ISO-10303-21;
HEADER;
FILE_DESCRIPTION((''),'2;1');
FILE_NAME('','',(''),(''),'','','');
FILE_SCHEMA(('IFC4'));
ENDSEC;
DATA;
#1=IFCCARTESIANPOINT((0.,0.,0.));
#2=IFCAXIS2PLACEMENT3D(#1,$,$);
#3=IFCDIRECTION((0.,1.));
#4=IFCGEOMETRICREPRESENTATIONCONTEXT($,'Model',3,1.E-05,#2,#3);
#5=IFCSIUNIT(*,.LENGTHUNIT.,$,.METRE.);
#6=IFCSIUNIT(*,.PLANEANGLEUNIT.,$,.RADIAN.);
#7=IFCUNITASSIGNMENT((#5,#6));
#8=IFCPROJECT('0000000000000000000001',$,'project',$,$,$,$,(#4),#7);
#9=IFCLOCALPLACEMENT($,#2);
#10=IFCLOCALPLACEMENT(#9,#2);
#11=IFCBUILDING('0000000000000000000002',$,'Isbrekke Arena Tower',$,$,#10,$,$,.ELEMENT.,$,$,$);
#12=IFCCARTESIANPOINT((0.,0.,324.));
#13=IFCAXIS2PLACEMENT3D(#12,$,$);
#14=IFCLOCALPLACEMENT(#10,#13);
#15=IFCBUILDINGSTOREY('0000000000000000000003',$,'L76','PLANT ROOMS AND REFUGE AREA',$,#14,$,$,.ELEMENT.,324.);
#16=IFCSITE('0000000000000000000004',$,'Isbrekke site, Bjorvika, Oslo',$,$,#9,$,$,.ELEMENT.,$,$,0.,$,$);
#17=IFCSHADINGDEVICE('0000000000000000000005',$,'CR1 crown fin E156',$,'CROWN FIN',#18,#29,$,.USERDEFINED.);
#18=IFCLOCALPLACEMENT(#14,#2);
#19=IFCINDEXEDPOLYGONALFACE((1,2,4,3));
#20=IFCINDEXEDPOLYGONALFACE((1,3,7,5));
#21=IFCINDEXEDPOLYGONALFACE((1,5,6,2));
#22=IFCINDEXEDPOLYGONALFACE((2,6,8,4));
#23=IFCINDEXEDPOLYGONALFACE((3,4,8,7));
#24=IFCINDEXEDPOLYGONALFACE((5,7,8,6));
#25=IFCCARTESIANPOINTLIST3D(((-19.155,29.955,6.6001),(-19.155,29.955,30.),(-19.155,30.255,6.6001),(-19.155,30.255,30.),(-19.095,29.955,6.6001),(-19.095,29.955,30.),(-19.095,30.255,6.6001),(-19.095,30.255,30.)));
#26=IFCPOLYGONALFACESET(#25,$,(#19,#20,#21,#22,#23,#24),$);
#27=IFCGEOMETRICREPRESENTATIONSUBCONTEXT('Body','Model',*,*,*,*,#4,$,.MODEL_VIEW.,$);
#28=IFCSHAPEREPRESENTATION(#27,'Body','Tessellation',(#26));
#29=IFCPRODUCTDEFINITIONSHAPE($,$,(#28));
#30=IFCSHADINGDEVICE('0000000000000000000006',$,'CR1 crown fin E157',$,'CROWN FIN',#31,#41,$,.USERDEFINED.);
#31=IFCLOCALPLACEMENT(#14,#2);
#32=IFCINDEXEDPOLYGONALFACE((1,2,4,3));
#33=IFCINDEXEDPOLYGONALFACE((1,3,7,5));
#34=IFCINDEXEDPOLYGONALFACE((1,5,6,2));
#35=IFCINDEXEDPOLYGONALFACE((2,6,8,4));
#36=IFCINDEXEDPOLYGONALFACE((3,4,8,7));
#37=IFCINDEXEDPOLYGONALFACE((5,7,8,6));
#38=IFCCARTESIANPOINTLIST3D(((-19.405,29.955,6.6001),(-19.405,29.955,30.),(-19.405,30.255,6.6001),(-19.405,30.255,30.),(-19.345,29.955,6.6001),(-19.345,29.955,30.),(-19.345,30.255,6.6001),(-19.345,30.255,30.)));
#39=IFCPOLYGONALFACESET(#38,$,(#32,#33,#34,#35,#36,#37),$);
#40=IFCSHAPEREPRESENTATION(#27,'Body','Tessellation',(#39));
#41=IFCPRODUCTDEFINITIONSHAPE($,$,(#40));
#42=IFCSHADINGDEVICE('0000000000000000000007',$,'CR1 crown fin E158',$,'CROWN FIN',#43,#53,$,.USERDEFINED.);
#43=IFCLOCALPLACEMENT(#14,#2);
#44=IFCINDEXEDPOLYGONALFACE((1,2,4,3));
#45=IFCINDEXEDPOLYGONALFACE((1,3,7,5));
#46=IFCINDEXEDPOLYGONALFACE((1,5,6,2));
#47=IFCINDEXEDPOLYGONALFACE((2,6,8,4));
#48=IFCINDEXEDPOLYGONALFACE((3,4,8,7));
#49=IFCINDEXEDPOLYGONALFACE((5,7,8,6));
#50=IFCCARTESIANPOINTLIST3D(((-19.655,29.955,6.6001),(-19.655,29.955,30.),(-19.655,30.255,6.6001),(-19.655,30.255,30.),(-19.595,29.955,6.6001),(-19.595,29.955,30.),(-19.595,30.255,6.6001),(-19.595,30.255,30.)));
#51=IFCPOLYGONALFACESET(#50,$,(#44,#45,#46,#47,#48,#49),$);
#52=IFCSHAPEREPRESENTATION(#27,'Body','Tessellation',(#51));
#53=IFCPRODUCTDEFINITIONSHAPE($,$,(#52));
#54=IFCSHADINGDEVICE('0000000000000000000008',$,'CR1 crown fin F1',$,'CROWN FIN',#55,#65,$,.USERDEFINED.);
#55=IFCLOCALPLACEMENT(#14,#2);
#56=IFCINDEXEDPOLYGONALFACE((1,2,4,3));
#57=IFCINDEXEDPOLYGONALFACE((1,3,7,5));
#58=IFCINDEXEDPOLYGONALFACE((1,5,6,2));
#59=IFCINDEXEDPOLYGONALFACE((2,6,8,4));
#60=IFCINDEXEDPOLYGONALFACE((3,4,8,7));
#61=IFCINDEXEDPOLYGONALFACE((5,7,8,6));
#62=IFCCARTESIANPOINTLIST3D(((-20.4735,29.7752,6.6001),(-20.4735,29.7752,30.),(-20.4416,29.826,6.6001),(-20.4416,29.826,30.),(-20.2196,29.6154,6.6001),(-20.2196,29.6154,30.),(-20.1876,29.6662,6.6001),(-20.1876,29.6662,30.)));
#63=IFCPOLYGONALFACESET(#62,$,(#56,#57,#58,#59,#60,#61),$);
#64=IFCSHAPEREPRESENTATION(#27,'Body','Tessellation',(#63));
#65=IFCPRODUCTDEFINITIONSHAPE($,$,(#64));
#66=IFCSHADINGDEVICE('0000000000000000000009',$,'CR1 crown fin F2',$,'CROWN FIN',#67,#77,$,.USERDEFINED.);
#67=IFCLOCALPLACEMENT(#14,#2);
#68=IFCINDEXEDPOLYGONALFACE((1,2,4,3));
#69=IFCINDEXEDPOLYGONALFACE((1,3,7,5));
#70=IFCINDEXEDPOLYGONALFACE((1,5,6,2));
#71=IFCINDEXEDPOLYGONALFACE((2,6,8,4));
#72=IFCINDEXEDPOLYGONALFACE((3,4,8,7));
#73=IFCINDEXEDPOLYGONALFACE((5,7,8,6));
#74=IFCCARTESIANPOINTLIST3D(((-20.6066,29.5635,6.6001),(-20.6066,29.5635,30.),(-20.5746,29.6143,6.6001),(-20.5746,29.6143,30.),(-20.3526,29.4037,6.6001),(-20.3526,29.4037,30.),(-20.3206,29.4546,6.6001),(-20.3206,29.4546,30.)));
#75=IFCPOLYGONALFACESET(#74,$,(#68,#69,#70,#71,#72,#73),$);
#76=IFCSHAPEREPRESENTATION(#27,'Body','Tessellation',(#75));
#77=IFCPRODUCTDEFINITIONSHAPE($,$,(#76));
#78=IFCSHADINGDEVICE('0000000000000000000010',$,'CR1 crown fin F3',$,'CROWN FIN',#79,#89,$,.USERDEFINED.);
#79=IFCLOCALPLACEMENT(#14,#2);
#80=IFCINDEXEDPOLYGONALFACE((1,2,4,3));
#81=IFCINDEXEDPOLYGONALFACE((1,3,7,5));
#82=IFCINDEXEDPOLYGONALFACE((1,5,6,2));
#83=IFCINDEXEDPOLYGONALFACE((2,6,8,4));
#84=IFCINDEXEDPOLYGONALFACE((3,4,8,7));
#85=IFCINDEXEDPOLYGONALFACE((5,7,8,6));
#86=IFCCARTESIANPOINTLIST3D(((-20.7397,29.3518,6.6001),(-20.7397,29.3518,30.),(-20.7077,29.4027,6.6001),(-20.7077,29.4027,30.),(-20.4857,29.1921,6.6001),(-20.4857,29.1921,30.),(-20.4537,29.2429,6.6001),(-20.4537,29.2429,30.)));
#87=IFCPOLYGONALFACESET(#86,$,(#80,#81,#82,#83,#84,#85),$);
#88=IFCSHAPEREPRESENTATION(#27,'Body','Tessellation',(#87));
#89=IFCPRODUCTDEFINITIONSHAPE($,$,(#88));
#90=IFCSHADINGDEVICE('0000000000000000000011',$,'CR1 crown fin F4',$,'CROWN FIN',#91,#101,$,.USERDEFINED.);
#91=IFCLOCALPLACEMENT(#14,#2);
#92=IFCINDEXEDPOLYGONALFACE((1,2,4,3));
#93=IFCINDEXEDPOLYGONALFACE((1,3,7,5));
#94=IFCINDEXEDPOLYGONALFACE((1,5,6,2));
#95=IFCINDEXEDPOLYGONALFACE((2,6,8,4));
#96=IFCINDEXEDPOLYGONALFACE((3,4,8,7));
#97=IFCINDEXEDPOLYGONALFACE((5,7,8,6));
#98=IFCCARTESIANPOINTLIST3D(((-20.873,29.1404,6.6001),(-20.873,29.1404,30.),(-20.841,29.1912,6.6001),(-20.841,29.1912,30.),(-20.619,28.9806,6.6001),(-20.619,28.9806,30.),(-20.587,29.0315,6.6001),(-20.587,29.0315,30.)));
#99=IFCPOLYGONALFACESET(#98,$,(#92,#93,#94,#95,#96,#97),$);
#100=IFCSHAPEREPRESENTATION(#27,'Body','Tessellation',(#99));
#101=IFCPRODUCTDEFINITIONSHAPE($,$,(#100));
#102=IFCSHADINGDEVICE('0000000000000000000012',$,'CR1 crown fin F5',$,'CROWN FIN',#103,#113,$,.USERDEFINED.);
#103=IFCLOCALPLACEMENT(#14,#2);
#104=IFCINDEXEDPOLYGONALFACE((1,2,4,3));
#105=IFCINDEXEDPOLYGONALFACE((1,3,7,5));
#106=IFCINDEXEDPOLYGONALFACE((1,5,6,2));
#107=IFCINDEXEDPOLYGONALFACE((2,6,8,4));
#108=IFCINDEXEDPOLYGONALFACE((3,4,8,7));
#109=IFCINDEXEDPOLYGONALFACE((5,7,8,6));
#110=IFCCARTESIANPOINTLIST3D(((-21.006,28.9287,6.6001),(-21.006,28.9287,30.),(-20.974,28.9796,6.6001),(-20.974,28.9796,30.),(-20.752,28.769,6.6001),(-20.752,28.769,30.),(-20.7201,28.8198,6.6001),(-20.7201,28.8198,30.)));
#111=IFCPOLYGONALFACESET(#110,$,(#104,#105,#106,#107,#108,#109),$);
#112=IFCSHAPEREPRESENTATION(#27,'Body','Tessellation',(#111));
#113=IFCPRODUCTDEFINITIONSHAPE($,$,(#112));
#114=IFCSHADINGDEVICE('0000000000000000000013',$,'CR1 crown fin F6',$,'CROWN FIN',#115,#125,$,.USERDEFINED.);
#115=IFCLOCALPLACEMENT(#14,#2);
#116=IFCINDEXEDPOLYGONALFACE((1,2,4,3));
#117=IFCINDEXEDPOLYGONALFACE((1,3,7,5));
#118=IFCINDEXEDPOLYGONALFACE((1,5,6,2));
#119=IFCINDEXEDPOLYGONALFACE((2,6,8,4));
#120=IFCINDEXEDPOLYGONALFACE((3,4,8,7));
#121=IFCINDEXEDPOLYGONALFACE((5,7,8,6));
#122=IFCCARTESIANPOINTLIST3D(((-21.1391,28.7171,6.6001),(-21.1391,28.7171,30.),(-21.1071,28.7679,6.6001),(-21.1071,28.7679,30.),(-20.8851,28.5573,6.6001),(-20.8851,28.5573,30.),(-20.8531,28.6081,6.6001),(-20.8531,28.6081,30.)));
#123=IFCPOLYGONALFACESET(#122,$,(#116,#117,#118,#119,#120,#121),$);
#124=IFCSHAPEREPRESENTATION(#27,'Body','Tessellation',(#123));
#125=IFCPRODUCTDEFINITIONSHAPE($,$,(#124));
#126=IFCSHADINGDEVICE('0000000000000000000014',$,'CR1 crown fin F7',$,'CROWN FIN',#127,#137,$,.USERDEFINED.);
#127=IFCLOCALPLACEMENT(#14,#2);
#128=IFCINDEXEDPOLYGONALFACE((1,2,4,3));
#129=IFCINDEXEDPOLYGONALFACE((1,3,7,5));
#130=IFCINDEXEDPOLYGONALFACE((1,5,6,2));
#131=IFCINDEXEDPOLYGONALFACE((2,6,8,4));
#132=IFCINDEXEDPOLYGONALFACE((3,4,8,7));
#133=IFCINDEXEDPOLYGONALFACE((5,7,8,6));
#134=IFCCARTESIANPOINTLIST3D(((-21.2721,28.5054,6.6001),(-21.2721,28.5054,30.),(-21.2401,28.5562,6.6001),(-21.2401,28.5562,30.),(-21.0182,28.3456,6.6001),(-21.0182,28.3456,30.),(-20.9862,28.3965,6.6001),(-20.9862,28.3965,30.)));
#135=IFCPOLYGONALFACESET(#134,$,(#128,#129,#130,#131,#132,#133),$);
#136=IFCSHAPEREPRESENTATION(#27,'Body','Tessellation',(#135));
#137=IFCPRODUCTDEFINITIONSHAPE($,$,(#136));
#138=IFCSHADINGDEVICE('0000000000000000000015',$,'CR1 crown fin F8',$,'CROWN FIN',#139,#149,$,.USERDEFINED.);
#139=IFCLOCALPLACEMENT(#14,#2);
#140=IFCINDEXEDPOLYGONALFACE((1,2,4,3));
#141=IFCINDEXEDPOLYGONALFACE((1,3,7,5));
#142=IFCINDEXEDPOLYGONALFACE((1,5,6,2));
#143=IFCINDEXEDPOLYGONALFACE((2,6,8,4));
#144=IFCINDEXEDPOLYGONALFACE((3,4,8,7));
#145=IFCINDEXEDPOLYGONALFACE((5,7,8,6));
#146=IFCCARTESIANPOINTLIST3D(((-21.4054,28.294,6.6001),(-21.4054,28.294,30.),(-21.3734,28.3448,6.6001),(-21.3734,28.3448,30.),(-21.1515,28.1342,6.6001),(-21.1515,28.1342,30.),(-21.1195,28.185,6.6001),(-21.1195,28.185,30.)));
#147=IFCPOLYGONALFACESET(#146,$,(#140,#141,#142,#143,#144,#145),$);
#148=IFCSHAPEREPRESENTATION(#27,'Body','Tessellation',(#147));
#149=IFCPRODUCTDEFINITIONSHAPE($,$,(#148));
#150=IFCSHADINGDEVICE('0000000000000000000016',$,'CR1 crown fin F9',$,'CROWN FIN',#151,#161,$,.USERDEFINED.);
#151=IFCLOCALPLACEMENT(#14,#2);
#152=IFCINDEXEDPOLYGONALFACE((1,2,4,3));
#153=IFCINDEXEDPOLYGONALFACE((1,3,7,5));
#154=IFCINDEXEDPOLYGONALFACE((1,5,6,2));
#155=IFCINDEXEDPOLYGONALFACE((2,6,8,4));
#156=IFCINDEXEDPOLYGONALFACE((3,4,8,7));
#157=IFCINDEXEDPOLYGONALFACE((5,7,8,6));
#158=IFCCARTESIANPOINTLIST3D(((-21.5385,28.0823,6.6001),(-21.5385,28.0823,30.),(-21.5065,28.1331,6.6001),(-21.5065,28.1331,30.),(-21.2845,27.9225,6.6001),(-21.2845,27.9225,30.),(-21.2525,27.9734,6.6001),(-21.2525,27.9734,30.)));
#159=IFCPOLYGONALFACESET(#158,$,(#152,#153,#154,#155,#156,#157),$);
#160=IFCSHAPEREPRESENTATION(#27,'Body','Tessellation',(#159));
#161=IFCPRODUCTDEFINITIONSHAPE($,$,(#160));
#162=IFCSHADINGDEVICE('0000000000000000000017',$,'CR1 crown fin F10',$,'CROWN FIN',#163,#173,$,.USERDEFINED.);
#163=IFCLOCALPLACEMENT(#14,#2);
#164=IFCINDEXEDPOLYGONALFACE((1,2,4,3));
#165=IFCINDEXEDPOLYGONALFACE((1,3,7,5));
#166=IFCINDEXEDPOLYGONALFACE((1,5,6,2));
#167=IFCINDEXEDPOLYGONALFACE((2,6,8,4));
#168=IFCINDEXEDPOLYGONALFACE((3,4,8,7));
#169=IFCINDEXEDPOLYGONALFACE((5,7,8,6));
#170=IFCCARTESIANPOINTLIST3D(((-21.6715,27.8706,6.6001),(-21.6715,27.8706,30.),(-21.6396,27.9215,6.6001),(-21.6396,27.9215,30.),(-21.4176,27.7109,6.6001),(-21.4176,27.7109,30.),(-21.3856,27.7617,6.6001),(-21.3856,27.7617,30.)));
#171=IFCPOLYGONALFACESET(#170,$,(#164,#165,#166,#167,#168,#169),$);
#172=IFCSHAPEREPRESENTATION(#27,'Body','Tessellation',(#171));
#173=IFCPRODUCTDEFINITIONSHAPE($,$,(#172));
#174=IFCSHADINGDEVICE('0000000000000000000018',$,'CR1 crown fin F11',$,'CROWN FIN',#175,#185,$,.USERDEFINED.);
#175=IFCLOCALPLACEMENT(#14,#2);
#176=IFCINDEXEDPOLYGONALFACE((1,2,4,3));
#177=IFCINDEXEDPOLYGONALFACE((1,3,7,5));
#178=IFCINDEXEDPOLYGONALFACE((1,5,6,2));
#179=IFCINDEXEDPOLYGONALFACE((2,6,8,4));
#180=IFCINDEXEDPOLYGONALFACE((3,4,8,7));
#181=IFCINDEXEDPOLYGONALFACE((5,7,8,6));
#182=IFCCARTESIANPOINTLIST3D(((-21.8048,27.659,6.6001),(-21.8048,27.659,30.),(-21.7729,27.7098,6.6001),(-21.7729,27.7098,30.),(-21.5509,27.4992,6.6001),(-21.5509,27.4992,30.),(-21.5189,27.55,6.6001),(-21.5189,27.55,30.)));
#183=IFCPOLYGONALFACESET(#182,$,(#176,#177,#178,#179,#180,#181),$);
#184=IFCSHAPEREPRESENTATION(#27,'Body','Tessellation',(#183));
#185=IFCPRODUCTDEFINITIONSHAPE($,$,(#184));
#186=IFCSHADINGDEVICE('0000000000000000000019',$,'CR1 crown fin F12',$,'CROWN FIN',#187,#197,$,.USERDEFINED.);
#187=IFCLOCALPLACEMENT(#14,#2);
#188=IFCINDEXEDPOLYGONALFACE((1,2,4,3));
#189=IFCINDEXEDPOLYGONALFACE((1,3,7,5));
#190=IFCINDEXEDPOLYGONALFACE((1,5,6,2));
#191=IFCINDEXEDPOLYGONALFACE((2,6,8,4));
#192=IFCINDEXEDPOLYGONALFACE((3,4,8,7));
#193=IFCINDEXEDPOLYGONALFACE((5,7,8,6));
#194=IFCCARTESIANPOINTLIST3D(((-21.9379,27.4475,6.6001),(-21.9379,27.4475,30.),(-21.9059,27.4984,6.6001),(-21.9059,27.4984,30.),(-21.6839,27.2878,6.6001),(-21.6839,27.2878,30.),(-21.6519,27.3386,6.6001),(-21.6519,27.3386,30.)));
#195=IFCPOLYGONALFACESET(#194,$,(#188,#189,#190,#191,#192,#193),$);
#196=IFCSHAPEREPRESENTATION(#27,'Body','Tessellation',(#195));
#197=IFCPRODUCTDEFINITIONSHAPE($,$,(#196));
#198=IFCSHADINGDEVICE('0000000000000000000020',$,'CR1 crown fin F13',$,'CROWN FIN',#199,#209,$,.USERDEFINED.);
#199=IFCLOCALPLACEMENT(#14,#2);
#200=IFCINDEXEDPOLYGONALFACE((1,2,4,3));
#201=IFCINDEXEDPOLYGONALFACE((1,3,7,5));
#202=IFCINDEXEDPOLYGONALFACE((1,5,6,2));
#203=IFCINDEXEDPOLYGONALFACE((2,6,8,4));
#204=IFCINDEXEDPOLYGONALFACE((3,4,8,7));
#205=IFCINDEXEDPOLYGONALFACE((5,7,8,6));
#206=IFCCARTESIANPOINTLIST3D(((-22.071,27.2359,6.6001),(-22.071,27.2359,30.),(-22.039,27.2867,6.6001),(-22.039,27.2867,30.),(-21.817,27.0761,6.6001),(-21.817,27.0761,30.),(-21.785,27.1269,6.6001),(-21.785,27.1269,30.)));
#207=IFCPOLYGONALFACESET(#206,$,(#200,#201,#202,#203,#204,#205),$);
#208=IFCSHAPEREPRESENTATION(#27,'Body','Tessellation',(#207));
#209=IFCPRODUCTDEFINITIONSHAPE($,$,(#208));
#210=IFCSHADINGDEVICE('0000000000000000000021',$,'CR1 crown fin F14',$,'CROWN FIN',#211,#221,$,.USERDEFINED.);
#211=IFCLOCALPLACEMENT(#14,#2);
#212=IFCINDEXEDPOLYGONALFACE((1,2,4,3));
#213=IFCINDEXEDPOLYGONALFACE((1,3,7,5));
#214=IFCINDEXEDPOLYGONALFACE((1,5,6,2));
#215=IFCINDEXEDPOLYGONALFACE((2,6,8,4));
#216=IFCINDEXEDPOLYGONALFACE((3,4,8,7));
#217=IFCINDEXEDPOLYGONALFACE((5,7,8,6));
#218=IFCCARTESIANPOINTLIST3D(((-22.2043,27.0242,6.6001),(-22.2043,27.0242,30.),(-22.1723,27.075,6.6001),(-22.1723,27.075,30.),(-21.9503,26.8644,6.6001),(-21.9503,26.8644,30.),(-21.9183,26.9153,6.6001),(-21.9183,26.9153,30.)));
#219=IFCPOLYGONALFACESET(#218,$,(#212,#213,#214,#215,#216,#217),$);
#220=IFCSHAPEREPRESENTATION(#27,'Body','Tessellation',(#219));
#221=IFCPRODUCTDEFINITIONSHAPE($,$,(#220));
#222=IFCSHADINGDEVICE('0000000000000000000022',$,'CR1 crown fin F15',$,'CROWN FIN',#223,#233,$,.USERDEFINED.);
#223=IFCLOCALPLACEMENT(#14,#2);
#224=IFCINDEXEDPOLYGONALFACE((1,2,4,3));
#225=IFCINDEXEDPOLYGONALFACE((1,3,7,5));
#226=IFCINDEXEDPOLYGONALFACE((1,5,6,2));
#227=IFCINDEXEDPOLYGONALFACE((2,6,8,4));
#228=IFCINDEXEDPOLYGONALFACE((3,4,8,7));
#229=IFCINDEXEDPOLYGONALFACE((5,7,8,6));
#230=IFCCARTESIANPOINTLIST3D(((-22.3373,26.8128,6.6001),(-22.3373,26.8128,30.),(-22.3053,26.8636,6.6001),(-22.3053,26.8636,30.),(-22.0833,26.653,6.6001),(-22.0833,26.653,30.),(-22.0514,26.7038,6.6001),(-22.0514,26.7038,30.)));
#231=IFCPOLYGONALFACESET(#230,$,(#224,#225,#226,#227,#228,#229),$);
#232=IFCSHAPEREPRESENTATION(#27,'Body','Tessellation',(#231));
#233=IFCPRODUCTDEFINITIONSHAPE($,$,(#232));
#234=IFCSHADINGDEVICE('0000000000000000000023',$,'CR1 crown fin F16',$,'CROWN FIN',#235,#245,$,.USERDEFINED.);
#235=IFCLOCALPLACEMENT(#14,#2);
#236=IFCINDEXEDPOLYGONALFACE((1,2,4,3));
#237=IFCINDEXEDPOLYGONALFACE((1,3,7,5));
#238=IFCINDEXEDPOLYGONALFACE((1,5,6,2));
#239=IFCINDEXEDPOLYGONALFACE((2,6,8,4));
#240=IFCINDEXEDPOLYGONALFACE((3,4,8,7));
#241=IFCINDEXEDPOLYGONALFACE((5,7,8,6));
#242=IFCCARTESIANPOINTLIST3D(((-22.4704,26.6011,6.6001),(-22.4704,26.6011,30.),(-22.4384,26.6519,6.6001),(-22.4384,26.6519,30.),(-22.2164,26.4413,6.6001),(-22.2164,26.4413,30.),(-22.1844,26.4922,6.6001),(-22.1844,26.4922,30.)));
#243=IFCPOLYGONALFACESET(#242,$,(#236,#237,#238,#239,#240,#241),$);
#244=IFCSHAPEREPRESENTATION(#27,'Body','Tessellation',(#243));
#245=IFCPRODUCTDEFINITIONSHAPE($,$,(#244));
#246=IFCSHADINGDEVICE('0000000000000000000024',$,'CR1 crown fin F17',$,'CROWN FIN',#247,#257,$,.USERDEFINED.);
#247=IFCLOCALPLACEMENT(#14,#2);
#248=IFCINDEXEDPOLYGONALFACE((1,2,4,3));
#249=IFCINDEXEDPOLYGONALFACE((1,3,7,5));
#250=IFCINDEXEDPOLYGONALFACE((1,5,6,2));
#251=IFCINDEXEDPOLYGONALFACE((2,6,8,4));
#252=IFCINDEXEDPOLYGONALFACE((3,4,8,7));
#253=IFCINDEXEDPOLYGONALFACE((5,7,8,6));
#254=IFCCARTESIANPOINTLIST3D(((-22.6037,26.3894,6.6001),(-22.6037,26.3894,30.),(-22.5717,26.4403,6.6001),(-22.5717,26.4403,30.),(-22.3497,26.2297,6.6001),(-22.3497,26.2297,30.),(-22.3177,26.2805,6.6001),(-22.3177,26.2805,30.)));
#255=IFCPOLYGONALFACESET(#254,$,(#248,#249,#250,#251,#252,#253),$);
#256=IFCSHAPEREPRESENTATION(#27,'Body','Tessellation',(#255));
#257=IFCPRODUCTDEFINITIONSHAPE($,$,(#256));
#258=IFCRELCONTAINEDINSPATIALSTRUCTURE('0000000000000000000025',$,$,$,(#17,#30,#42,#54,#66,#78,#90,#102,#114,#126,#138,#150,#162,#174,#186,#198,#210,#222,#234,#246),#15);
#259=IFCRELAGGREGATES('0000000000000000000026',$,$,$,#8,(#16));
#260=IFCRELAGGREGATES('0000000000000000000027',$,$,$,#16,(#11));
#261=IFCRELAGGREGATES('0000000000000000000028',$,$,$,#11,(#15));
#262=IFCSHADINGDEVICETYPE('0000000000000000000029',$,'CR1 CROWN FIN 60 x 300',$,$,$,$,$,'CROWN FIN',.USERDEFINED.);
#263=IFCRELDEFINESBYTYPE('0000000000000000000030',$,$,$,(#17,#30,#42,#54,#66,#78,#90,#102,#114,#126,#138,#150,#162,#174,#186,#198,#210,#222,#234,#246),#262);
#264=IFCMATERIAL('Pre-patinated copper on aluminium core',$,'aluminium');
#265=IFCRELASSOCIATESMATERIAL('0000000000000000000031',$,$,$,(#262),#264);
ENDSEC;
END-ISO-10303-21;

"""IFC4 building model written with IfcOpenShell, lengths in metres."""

from ifc_helpers import new_model, si_unit, direction, frame, origin, origin_2d, place, context, subcontext, project, spatial, rectangle, extrude, material, material_profile, profile_set, type_object, element, save


model = new_model("IFC4")

# Units and contexts
model_context = context("Model", 3, precision=1e-05, world=origin(), true_north=direction((0.0, 1.0)))
body_context = subcontext(model_context, "Body", "Model", "MODEL_VIEW")
ifc_project = project(units=[si_unit("LENGTHUNIT", "METRE"), si_unit("PLANEANGLEUNIT", "RADIAN")], contexts=[model_context])

# Site, building, storey
site_placement = place(None, origin())
site = spatial("IfcSite", under=ifc_project, at=site_placement, Name="Isbrekke site, Bjorvika, Oslo", CompositionType="ELEMENT", RefElevation=0.0)
building_placement = place(site_placement, origin())
building = spatial("IfcBuilding", under=site, at=building_placement, Name="Isbrekke Arena Tower", CompositionType="ELEMENT")
storey_placement = place(building_placement, frame((0.0, 0.0, 324.0)))
storey = spatial("IfcBuildingStorey", under=building, at=storey_placement, Name="L76", Description="PLANT ROOMS AND REFUGE AREA", CompositionType="ELEMENT", Elevation=324.0)

# Shading devices
ifc_material_1 = material(Name="Pre-patinated copper on aluminium core", Category="aluminium")
ifc_material_profile_1 = material_profile(ifc_material_1, rectangle(XDim=0.0601, YDim=0.3, at=origin_2d()), Name="FIN 60X300")
ifc_profile_set_1 = profile_set([ifc_material_profile_1], Name="Pre-patinated copper on aluminium core")
shading_device_type = type_object("IfcShadingDeviceType", Name="CR1 CROWN FIN 60 x 300", ElementType="CROWN FIN", PredefinedType="USERDEFINED", material=ifc_profile_set_1)
for number, where, z_axis, x_axis, name in (
    (1, (-19.125, 30.105, 6.6001), (0.0, 0.0, 1.0), (-1.0, 0.0, 0.0), "CR1 crown fin E156"),
    (2, (-19.375, 30.105, 6.6001), (0.0, 0.0, 1.0), (-1.0, 0.0, 0.0), "CR1 crown fin E157"),
    (3, (-19.625, 30.105, 6.6001), (0.0, 0.0, 1.0), (-1.0, 0.0, 0.0), "CR1 crown fin E158"),
    (4, (-20.3306, 29.7207, 6.6001), (0.0, 0.0, 1.0), (-0.532529, -0.846412, 0.0), "CR1 crown fin F1"),
    (5, (-20.4636, 29.509, 6.6001), (0.0, 0.0, 1.0), (-0.532529, -0.846412, 0.0), "CR1 crown fin F2"),
    (6, (-20.5967, 29.2974, 6.6001), (0.0, 0.0, 1.0), (-0.532529, -0.846412, 0.0), "CR1 crown fin F3"),
    (7, (-20.73, 29.0859, 6.6001), (0.0, 0.0, 1.0), (-0.532529, -0.846412, 0.0), "CR1 crown fin F4"),
    (8, (-20.863, 28.8743, 6.6001), (0.0, 0.0, 1.0), (-0.532529, -0.846412, 0.0), "CR1 crown fin F5"),
    (9, (-20.9961, 28.6626, 6.6001), (0.0, 0.0, 1.0), (-0.532529, -0.846412, 0.0), "CR1 crown fin F6"),
    (10, (-21.1292, 28.4509, 6.6001), (0.0, 0.0, 1.0), (-0.532529, -0.846412, 0.0), "CR1 crown fin F7"),
    (11, (-21.2625, 28.2395, 6.6001), (0.0, 0.0, 1.0), (-0.532529, -0.846412, 0.0), "CR1 crown fin F8"),
    (12, (-21.3955, 28.0278, 6.6001), (0.0, 0.0, 1.0), (-0.532529, -0.846412, 0.0), "CR1 crown fin F9"),
    (13, (-21.5286, 27.8162, 6.6001), (0.0, 0.0, 1.0), (-0.532529, -0.846412, 0.0), "CR1 crown fin F10"),
    (14, (-21.6619, 27.6045, 6.6001), (0.0, 0.0, 1.0), (-0.532529, -0.846412, 0.0), "CR1 crown fin F11"),
    (15, (-21.7949, 27.3931, 6.6001), (0.0, 0.0, 1.0), (-0.532529, -0.846412, 0.0), "CR1 crown fin F12"),
    (16, (-21.928, 27.1814, 6.6001), (0.0, 0.0, 1.0), (-0.532529, -0.846412, 0.0), "CR1 crown fin F13"),
    (17, (-22.0613, 26.9697, 6.6001), (0.0, 0.0, 1.0), (-0.532529, -0.846412, 0.0), "CR1 crown fin F14"),
    (18, (-22.1943, 26.7583, 6.6001), (0.0, 0.0, 1.0), (-0.532529, -0.846412, 0.0), "CR1 crown fin F15"),
    (19, (-22.3274, 26.5466, 6.6001), (0.0, 0.0, 1.0), (-0.532529, -0.846412, 0.0), "CR1 crown fin F16"),
    (20, (-22.4607, 26.335, 6.6001), (0.0, 0.0, 1.0), (-0.532529, -0.846412, 0.0), "CR1 crown fin F17"),
):
    element("IfcShadingDevice", number, at=place(storey_placement, frame(where, z_axis=z_axis, x_axis=x_axis)), inside=storey, type_object=shading_device_type, Name=name, ObjectType="CROWN FIN", PredefinedType="USERDEFINED", context=body_context, shape_type="SweptSolid", body=[
        extrude(rectangle(XDim=0.0601, YDim=0.3, at=origin_2d()), origin(), (0.0, 0.0, 1.0), 23.3999),
    ])

save(model, "model.ifc")
